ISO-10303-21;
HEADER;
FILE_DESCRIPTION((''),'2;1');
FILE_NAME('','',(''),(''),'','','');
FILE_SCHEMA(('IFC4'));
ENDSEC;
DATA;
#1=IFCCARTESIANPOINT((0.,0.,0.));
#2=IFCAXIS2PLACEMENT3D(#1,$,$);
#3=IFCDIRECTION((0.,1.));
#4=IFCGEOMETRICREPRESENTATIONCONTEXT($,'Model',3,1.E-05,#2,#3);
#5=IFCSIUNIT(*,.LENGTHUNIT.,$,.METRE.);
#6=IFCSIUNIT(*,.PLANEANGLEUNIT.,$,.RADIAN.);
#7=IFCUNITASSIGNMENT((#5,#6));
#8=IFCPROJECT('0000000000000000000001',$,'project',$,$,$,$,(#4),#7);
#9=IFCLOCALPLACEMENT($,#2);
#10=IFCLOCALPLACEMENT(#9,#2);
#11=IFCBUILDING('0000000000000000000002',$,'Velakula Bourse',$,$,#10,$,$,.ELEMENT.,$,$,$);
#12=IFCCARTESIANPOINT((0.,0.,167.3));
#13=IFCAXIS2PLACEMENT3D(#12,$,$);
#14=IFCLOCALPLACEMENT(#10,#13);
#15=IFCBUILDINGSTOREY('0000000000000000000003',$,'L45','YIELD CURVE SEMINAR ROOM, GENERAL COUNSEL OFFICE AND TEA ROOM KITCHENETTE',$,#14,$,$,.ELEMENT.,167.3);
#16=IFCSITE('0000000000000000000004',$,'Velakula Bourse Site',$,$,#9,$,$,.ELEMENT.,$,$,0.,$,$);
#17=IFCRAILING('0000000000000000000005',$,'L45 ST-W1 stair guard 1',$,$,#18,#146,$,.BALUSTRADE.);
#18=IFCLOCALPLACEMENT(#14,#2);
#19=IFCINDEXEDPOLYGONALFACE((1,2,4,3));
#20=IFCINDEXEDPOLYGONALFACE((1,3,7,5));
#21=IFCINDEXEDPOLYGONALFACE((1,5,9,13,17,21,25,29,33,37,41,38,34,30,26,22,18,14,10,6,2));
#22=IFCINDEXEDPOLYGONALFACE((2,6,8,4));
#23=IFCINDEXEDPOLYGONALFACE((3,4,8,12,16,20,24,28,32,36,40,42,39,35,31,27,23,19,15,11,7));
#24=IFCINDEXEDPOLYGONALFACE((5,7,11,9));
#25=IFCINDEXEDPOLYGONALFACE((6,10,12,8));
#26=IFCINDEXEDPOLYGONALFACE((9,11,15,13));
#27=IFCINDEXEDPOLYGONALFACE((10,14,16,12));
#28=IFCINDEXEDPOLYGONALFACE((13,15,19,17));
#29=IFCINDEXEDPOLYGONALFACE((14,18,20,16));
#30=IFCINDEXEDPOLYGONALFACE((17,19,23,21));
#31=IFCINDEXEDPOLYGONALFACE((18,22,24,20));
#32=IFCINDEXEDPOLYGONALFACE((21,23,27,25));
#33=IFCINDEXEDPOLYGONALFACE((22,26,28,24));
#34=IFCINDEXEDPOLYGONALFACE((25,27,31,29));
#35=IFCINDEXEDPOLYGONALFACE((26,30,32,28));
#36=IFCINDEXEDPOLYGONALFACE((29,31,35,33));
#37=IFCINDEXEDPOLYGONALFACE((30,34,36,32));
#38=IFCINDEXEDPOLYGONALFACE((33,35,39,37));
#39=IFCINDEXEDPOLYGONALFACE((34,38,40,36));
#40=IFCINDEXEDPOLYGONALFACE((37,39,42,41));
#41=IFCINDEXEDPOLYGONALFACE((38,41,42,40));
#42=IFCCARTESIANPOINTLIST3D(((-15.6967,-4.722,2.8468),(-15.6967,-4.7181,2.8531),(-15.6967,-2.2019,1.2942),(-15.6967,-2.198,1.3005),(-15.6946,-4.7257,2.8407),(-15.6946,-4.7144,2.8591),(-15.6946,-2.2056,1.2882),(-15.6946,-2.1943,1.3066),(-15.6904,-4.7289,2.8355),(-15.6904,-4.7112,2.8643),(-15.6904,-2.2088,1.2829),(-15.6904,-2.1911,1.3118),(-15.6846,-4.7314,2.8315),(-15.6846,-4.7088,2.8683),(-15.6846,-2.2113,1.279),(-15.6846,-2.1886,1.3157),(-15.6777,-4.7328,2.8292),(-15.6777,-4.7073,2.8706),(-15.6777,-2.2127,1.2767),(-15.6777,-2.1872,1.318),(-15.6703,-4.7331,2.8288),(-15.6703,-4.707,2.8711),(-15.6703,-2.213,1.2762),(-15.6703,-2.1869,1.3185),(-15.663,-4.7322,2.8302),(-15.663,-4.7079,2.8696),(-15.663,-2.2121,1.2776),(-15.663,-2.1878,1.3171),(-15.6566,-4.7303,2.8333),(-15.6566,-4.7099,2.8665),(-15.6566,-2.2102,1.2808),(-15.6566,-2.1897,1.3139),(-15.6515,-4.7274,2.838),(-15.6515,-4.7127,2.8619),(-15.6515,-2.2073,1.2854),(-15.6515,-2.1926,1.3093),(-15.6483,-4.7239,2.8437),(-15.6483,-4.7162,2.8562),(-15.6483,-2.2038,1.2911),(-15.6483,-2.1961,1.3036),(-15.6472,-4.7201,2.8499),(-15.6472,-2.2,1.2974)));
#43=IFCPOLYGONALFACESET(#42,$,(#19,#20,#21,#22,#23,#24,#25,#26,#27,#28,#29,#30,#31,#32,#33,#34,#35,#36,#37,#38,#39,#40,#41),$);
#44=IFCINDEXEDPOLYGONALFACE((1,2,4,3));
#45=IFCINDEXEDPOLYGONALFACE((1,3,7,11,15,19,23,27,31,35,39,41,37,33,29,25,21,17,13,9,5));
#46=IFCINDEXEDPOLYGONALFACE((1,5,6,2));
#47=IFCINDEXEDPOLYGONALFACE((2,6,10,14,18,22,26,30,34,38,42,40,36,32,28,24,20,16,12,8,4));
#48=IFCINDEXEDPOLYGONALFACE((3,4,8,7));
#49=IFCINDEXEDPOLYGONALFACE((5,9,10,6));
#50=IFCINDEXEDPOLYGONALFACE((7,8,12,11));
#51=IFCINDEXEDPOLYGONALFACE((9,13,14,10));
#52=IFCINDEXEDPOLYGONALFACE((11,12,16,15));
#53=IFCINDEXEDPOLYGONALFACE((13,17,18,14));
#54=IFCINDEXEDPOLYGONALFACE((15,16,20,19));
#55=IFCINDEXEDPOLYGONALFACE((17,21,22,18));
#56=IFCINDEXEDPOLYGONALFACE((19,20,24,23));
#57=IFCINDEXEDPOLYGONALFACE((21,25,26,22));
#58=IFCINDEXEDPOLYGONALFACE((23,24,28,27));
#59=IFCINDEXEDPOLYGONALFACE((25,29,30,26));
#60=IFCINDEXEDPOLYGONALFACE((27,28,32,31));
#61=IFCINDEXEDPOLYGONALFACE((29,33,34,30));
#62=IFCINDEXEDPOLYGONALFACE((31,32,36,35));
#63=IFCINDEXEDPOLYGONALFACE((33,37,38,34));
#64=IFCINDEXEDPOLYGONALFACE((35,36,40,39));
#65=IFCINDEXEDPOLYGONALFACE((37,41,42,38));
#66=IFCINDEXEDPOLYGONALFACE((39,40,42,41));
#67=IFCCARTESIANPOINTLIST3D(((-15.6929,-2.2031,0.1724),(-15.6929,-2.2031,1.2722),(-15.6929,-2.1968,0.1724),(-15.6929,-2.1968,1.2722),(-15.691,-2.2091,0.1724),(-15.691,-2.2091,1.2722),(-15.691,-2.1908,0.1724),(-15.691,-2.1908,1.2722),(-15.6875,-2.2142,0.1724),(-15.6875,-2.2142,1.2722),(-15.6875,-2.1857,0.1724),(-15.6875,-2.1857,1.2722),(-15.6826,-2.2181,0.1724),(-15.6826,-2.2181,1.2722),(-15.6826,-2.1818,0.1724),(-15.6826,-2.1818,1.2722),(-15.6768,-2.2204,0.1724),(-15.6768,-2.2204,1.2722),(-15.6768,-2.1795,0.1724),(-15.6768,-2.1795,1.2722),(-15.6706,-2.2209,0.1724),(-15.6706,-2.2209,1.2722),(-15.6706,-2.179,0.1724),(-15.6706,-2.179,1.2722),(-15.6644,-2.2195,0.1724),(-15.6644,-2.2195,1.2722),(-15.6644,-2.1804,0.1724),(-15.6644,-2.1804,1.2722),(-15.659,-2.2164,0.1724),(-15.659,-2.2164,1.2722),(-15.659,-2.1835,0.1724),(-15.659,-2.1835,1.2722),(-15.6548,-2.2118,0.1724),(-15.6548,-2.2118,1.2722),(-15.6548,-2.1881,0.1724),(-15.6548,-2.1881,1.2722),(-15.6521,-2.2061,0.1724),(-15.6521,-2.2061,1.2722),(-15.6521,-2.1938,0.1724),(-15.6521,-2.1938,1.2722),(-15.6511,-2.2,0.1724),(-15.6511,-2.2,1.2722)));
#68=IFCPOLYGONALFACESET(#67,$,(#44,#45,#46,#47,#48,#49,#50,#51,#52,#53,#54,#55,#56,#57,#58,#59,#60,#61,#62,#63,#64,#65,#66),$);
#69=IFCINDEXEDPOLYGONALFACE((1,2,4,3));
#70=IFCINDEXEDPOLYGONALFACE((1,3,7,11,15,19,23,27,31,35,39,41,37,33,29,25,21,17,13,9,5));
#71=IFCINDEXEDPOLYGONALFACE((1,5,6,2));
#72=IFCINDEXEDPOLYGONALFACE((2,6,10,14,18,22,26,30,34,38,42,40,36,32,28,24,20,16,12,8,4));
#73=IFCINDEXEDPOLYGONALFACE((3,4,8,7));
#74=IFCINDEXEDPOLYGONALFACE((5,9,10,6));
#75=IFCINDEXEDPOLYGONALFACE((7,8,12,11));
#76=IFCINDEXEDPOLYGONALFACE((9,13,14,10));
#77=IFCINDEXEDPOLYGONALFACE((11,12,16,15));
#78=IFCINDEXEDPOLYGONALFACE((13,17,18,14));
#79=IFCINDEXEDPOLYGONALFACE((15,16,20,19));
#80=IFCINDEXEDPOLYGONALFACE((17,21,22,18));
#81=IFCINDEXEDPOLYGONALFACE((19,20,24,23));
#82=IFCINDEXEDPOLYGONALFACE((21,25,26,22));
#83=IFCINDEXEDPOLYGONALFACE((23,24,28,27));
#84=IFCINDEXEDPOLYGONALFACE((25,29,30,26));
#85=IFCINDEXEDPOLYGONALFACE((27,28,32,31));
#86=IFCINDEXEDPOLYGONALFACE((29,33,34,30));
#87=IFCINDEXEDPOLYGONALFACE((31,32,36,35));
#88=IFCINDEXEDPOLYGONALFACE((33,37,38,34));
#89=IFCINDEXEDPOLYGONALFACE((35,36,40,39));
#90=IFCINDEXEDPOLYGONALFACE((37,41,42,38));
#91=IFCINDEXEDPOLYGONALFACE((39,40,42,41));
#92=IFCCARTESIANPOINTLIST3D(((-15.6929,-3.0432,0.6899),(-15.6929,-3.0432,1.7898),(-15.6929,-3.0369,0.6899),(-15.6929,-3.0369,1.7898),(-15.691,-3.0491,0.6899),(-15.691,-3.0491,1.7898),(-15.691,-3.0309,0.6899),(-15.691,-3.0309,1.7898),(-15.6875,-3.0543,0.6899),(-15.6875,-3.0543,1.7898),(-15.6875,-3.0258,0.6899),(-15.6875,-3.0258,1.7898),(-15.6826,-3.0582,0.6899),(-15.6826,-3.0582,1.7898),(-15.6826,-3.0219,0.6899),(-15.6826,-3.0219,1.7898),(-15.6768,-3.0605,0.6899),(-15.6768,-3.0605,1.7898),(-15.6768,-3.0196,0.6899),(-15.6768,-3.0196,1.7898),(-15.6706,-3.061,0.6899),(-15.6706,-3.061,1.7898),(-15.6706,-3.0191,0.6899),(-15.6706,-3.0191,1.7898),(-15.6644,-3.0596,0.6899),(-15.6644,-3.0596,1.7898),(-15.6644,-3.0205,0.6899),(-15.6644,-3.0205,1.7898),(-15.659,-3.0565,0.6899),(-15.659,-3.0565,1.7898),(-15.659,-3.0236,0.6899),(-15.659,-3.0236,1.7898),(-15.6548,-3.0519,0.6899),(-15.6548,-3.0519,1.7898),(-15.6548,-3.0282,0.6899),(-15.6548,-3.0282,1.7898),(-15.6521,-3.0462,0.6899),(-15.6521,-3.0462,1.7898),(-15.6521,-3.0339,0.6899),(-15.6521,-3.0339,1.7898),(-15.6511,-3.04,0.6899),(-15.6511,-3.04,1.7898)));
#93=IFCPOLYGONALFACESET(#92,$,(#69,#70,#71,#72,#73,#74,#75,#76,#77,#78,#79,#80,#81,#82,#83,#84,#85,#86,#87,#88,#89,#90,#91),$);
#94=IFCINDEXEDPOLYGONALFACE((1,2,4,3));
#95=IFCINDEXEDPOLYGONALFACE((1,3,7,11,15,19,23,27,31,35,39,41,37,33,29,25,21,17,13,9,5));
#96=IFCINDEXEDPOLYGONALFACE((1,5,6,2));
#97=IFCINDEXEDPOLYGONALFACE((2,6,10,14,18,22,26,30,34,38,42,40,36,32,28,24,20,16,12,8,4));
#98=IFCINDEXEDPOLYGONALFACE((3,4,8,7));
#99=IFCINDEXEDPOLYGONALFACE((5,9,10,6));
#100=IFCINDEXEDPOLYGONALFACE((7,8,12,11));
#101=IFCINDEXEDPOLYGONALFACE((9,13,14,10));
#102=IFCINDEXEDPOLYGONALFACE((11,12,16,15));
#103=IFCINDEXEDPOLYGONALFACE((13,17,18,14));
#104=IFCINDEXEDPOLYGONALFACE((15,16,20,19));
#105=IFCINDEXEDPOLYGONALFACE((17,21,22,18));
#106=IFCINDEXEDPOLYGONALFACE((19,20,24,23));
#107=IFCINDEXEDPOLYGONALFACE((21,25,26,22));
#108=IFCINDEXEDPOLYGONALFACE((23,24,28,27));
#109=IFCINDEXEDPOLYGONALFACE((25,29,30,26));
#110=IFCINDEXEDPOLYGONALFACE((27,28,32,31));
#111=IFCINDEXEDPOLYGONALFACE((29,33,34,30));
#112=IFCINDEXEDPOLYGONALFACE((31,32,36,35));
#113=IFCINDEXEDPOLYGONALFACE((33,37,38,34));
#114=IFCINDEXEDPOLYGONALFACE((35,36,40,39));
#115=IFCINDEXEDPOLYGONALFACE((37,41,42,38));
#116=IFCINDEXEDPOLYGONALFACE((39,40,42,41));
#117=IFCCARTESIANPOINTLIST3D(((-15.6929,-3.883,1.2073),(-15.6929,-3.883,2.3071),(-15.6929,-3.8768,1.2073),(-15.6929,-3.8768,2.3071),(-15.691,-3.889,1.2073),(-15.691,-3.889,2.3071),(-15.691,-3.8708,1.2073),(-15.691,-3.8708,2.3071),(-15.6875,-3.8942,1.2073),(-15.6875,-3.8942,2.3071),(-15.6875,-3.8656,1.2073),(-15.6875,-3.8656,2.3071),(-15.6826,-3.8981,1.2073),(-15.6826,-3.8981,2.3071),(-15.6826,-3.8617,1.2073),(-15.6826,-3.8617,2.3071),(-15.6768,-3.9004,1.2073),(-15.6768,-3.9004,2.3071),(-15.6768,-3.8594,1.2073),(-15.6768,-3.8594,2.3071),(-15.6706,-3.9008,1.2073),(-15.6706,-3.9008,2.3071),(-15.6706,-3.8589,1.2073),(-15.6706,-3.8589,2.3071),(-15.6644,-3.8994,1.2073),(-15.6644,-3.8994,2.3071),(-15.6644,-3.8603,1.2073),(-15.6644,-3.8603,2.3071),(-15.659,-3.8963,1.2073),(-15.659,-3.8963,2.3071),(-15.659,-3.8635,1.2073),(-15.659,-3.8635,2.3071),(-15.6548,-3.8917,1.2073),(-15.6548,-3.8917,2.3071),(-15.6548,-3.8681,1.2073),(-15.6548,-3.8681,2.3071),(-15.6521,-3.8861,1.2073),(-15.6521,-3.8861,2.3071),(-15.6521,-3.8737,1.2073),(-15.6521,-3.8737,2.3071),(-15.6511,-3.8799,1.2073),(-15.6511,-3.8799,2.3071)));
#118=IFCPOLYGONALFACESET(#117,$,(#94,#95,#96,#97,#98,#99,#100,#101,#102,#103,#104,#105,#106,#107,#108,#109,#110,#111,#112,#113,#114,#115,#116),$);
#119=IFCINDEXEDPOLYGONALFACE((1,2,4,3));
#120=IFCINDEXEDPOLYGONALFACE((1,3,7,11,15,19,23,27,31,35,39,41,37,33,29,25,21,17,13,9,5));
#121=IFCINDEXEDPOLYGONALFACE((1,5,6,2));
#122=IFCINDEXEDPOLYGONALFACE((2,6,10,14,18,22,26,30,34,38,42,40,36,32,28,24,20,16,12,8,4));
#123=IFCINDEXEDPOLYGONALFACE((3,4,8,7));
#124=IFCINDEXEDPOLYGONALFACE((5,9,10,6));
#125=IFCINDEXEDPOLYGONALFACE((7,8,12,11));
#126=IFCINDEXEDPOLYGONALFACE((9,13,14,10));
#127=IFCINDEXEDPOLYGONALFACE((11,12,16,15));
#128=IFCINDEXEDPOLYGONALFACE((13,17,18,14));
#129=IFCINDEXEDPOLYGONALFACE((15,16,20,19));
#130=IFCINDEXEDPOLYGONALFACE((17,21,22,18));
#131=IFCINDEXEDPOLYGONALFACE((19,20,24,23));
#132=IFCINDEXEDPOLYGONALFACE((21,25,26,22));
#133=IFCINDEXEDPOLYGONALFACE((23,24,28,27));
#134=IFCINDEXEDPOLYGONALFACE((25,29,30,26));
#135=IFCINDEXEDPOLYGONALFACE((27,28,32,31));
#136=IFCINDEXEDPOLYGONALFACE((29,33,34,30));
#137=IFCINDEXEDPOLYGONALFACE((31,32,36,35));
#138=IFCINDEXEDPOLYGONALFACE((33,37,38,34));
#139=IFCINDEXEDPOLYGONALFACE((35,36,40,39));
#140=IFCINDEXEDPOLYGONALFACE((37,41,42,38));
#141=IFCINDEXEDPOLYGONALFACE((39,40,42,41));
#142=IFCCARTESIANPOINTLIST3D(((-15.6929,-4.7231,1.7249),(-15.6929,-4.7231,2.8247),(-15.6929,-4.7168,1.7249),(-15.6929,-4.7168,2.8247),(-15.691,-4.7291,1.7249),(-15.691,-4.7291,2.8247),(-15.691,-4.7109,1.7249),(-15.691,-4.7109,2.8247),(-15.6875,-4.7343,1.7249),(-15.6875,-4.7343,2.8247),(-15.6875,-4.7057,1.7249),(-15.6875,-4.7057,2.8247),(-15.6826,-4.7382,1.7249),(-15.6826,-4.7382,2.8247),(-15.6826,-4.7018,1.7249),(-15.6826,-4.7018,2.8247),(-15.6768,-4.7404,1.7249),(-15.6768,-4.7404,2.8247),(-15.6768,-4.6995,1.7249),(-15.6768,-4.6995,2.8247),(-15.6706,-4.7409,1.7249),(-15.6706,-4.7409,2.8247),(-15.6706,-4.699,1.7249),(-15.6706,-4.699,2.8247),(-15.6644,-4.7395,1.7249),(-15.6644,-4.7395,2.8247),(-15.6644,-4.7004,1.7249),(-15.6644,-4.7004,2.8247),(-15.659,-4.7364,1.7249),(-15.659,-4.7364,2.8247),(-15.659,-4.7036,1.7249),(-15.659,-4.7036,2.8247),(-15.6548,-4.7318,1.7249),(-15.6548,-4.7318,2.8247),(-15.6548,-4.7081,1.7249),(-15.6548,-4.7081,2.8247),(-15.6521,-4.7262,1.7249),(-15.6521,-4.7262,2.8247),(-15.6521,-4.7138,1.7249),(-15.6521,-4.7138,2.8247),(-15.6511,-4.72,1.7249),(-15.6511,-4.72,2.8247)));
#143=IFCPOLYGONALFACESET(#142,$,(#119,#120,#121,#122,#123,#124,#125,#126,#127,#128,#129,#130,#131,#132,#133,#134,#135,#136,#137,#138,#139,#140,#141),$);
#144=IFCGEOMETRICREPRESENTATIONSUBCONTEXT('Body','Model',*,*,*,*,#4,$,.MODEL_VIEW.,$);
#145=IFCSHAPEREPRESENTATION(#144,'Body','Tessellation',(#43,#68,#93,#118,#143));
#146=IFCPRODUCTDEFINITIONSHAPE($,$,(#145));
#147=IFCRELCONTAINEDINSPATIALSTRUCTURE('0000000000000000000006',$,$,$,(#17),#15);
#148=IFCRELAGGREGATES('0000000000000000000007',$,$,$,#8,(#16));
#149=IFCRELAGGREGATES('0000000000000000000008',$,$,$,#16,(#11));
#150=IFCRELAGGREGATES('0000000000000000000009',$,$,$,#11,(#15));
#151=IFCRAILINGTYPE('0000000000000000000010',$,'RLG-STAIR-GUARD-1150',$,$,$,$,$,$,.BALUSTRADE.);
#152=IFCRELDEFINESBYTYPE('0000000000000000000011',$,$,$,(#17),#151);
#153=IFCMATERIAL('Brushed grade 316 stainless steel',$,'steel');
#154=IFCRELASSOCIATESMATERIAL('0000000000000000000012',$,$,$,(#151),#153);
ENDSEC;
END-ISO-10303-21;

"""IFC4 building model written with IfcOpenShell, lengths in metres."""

from ifc_helpers import new_model, si_unit, direction, frame, origin, origin_2d, place, context, subcontext, project, spatial, circle, extrude, material, type_object, element, save


model = new_model("IFC4")

# Units and contexts
model_context = context("Model", 3, precision=1e-05, world=origin(), true_north=direction((0.0, 1.0)))
body_context = subcontext(model_context, "Body", "Model", "MODEL_VIEW")
ifc_project = project(units=[si_unit("LENGTHUNIT", "METRE"), si_unit("PLANEANGLEUNIT", "RADIAN")], contexts=[model_context])

# Site, building, storey
site_placement = place(None, origin())
site = spatial("IfcSite", under=ifc_project, at=site_placement, Name="Velakula Bourse Site", CompositionType="ELEMENT", RefElevation=0.0)
building_placement = place(site_placement, origin())
building = spatial("IfcBuilding", under=site, at=building_placement, Name="Velakula Bourse", CompositionType="ELEMENT")
storey_placement = place(building_placement, frame((0.0, 0.0, 167.3)))
storey = spatial("IfcBuildingStorey", under=building, at=storey_placement, Name="L45", Description="YIELD CURVE SEMINAR ROOM, GENERAL COUNSEL OFFICE AND TEA ROOM KITCHENETTE", CompositionType="ELEMENT", Elevation=167.3)

# Railing
ifc_material_1 = material(Name="Brushed grade 316 stainless steel", Category="steel")
railing_type_1 = type_object("IfcRailingType", Name="RLG-STAIR-GUARD-1150", PredefinedType="BALUSTRADE", material=ifc_material_1)
railing_1_placement = place(storey_placement, frame((-15.6721, -2.2, 0.1724)))
element("IfcRailing", 1, at=railing_1_placement, inside=storey, type_object=railing_type_1, Name="L45 ST-W1 stair guard 1", PredefinedType="BALUSTRADE", context=body_context, shape_type="SweptSolid", body=[
    extrude(circle(Radius=0.0249, at=origin_2d()), frame((0.0, 0.0, 1.125), z_axis=(0.0, -0.8514, 0.524516), x_axis=(1.0, 0.0, 0.0)), (0.0, 0.0, 1.0), 2.96),
    extrude(circle(Radius=0.021, at=origin_2d()), origin(), (0.0, 0.0, 1.0), 1.0999),
    extrude(circle(Radius=0.021, at=origin_2d()), frame((0.0, -0.8401, 0.5176)), (0.0, 0.0, 1.0), 1.0999),
    extrude(circle(Radius=0.021, at=origin_2d()), frame((0.0, -1.6799, 1.0349)), (0.0, 0.0, 1.0), 1.0999),
    extrude(circle(Radius=0.021, at=origin_2d()), frame((0.0, -2.52, 1.5525)), (0.0, 0.0, 1.0), 1.0999),
])

save(model, "model.ifc")
